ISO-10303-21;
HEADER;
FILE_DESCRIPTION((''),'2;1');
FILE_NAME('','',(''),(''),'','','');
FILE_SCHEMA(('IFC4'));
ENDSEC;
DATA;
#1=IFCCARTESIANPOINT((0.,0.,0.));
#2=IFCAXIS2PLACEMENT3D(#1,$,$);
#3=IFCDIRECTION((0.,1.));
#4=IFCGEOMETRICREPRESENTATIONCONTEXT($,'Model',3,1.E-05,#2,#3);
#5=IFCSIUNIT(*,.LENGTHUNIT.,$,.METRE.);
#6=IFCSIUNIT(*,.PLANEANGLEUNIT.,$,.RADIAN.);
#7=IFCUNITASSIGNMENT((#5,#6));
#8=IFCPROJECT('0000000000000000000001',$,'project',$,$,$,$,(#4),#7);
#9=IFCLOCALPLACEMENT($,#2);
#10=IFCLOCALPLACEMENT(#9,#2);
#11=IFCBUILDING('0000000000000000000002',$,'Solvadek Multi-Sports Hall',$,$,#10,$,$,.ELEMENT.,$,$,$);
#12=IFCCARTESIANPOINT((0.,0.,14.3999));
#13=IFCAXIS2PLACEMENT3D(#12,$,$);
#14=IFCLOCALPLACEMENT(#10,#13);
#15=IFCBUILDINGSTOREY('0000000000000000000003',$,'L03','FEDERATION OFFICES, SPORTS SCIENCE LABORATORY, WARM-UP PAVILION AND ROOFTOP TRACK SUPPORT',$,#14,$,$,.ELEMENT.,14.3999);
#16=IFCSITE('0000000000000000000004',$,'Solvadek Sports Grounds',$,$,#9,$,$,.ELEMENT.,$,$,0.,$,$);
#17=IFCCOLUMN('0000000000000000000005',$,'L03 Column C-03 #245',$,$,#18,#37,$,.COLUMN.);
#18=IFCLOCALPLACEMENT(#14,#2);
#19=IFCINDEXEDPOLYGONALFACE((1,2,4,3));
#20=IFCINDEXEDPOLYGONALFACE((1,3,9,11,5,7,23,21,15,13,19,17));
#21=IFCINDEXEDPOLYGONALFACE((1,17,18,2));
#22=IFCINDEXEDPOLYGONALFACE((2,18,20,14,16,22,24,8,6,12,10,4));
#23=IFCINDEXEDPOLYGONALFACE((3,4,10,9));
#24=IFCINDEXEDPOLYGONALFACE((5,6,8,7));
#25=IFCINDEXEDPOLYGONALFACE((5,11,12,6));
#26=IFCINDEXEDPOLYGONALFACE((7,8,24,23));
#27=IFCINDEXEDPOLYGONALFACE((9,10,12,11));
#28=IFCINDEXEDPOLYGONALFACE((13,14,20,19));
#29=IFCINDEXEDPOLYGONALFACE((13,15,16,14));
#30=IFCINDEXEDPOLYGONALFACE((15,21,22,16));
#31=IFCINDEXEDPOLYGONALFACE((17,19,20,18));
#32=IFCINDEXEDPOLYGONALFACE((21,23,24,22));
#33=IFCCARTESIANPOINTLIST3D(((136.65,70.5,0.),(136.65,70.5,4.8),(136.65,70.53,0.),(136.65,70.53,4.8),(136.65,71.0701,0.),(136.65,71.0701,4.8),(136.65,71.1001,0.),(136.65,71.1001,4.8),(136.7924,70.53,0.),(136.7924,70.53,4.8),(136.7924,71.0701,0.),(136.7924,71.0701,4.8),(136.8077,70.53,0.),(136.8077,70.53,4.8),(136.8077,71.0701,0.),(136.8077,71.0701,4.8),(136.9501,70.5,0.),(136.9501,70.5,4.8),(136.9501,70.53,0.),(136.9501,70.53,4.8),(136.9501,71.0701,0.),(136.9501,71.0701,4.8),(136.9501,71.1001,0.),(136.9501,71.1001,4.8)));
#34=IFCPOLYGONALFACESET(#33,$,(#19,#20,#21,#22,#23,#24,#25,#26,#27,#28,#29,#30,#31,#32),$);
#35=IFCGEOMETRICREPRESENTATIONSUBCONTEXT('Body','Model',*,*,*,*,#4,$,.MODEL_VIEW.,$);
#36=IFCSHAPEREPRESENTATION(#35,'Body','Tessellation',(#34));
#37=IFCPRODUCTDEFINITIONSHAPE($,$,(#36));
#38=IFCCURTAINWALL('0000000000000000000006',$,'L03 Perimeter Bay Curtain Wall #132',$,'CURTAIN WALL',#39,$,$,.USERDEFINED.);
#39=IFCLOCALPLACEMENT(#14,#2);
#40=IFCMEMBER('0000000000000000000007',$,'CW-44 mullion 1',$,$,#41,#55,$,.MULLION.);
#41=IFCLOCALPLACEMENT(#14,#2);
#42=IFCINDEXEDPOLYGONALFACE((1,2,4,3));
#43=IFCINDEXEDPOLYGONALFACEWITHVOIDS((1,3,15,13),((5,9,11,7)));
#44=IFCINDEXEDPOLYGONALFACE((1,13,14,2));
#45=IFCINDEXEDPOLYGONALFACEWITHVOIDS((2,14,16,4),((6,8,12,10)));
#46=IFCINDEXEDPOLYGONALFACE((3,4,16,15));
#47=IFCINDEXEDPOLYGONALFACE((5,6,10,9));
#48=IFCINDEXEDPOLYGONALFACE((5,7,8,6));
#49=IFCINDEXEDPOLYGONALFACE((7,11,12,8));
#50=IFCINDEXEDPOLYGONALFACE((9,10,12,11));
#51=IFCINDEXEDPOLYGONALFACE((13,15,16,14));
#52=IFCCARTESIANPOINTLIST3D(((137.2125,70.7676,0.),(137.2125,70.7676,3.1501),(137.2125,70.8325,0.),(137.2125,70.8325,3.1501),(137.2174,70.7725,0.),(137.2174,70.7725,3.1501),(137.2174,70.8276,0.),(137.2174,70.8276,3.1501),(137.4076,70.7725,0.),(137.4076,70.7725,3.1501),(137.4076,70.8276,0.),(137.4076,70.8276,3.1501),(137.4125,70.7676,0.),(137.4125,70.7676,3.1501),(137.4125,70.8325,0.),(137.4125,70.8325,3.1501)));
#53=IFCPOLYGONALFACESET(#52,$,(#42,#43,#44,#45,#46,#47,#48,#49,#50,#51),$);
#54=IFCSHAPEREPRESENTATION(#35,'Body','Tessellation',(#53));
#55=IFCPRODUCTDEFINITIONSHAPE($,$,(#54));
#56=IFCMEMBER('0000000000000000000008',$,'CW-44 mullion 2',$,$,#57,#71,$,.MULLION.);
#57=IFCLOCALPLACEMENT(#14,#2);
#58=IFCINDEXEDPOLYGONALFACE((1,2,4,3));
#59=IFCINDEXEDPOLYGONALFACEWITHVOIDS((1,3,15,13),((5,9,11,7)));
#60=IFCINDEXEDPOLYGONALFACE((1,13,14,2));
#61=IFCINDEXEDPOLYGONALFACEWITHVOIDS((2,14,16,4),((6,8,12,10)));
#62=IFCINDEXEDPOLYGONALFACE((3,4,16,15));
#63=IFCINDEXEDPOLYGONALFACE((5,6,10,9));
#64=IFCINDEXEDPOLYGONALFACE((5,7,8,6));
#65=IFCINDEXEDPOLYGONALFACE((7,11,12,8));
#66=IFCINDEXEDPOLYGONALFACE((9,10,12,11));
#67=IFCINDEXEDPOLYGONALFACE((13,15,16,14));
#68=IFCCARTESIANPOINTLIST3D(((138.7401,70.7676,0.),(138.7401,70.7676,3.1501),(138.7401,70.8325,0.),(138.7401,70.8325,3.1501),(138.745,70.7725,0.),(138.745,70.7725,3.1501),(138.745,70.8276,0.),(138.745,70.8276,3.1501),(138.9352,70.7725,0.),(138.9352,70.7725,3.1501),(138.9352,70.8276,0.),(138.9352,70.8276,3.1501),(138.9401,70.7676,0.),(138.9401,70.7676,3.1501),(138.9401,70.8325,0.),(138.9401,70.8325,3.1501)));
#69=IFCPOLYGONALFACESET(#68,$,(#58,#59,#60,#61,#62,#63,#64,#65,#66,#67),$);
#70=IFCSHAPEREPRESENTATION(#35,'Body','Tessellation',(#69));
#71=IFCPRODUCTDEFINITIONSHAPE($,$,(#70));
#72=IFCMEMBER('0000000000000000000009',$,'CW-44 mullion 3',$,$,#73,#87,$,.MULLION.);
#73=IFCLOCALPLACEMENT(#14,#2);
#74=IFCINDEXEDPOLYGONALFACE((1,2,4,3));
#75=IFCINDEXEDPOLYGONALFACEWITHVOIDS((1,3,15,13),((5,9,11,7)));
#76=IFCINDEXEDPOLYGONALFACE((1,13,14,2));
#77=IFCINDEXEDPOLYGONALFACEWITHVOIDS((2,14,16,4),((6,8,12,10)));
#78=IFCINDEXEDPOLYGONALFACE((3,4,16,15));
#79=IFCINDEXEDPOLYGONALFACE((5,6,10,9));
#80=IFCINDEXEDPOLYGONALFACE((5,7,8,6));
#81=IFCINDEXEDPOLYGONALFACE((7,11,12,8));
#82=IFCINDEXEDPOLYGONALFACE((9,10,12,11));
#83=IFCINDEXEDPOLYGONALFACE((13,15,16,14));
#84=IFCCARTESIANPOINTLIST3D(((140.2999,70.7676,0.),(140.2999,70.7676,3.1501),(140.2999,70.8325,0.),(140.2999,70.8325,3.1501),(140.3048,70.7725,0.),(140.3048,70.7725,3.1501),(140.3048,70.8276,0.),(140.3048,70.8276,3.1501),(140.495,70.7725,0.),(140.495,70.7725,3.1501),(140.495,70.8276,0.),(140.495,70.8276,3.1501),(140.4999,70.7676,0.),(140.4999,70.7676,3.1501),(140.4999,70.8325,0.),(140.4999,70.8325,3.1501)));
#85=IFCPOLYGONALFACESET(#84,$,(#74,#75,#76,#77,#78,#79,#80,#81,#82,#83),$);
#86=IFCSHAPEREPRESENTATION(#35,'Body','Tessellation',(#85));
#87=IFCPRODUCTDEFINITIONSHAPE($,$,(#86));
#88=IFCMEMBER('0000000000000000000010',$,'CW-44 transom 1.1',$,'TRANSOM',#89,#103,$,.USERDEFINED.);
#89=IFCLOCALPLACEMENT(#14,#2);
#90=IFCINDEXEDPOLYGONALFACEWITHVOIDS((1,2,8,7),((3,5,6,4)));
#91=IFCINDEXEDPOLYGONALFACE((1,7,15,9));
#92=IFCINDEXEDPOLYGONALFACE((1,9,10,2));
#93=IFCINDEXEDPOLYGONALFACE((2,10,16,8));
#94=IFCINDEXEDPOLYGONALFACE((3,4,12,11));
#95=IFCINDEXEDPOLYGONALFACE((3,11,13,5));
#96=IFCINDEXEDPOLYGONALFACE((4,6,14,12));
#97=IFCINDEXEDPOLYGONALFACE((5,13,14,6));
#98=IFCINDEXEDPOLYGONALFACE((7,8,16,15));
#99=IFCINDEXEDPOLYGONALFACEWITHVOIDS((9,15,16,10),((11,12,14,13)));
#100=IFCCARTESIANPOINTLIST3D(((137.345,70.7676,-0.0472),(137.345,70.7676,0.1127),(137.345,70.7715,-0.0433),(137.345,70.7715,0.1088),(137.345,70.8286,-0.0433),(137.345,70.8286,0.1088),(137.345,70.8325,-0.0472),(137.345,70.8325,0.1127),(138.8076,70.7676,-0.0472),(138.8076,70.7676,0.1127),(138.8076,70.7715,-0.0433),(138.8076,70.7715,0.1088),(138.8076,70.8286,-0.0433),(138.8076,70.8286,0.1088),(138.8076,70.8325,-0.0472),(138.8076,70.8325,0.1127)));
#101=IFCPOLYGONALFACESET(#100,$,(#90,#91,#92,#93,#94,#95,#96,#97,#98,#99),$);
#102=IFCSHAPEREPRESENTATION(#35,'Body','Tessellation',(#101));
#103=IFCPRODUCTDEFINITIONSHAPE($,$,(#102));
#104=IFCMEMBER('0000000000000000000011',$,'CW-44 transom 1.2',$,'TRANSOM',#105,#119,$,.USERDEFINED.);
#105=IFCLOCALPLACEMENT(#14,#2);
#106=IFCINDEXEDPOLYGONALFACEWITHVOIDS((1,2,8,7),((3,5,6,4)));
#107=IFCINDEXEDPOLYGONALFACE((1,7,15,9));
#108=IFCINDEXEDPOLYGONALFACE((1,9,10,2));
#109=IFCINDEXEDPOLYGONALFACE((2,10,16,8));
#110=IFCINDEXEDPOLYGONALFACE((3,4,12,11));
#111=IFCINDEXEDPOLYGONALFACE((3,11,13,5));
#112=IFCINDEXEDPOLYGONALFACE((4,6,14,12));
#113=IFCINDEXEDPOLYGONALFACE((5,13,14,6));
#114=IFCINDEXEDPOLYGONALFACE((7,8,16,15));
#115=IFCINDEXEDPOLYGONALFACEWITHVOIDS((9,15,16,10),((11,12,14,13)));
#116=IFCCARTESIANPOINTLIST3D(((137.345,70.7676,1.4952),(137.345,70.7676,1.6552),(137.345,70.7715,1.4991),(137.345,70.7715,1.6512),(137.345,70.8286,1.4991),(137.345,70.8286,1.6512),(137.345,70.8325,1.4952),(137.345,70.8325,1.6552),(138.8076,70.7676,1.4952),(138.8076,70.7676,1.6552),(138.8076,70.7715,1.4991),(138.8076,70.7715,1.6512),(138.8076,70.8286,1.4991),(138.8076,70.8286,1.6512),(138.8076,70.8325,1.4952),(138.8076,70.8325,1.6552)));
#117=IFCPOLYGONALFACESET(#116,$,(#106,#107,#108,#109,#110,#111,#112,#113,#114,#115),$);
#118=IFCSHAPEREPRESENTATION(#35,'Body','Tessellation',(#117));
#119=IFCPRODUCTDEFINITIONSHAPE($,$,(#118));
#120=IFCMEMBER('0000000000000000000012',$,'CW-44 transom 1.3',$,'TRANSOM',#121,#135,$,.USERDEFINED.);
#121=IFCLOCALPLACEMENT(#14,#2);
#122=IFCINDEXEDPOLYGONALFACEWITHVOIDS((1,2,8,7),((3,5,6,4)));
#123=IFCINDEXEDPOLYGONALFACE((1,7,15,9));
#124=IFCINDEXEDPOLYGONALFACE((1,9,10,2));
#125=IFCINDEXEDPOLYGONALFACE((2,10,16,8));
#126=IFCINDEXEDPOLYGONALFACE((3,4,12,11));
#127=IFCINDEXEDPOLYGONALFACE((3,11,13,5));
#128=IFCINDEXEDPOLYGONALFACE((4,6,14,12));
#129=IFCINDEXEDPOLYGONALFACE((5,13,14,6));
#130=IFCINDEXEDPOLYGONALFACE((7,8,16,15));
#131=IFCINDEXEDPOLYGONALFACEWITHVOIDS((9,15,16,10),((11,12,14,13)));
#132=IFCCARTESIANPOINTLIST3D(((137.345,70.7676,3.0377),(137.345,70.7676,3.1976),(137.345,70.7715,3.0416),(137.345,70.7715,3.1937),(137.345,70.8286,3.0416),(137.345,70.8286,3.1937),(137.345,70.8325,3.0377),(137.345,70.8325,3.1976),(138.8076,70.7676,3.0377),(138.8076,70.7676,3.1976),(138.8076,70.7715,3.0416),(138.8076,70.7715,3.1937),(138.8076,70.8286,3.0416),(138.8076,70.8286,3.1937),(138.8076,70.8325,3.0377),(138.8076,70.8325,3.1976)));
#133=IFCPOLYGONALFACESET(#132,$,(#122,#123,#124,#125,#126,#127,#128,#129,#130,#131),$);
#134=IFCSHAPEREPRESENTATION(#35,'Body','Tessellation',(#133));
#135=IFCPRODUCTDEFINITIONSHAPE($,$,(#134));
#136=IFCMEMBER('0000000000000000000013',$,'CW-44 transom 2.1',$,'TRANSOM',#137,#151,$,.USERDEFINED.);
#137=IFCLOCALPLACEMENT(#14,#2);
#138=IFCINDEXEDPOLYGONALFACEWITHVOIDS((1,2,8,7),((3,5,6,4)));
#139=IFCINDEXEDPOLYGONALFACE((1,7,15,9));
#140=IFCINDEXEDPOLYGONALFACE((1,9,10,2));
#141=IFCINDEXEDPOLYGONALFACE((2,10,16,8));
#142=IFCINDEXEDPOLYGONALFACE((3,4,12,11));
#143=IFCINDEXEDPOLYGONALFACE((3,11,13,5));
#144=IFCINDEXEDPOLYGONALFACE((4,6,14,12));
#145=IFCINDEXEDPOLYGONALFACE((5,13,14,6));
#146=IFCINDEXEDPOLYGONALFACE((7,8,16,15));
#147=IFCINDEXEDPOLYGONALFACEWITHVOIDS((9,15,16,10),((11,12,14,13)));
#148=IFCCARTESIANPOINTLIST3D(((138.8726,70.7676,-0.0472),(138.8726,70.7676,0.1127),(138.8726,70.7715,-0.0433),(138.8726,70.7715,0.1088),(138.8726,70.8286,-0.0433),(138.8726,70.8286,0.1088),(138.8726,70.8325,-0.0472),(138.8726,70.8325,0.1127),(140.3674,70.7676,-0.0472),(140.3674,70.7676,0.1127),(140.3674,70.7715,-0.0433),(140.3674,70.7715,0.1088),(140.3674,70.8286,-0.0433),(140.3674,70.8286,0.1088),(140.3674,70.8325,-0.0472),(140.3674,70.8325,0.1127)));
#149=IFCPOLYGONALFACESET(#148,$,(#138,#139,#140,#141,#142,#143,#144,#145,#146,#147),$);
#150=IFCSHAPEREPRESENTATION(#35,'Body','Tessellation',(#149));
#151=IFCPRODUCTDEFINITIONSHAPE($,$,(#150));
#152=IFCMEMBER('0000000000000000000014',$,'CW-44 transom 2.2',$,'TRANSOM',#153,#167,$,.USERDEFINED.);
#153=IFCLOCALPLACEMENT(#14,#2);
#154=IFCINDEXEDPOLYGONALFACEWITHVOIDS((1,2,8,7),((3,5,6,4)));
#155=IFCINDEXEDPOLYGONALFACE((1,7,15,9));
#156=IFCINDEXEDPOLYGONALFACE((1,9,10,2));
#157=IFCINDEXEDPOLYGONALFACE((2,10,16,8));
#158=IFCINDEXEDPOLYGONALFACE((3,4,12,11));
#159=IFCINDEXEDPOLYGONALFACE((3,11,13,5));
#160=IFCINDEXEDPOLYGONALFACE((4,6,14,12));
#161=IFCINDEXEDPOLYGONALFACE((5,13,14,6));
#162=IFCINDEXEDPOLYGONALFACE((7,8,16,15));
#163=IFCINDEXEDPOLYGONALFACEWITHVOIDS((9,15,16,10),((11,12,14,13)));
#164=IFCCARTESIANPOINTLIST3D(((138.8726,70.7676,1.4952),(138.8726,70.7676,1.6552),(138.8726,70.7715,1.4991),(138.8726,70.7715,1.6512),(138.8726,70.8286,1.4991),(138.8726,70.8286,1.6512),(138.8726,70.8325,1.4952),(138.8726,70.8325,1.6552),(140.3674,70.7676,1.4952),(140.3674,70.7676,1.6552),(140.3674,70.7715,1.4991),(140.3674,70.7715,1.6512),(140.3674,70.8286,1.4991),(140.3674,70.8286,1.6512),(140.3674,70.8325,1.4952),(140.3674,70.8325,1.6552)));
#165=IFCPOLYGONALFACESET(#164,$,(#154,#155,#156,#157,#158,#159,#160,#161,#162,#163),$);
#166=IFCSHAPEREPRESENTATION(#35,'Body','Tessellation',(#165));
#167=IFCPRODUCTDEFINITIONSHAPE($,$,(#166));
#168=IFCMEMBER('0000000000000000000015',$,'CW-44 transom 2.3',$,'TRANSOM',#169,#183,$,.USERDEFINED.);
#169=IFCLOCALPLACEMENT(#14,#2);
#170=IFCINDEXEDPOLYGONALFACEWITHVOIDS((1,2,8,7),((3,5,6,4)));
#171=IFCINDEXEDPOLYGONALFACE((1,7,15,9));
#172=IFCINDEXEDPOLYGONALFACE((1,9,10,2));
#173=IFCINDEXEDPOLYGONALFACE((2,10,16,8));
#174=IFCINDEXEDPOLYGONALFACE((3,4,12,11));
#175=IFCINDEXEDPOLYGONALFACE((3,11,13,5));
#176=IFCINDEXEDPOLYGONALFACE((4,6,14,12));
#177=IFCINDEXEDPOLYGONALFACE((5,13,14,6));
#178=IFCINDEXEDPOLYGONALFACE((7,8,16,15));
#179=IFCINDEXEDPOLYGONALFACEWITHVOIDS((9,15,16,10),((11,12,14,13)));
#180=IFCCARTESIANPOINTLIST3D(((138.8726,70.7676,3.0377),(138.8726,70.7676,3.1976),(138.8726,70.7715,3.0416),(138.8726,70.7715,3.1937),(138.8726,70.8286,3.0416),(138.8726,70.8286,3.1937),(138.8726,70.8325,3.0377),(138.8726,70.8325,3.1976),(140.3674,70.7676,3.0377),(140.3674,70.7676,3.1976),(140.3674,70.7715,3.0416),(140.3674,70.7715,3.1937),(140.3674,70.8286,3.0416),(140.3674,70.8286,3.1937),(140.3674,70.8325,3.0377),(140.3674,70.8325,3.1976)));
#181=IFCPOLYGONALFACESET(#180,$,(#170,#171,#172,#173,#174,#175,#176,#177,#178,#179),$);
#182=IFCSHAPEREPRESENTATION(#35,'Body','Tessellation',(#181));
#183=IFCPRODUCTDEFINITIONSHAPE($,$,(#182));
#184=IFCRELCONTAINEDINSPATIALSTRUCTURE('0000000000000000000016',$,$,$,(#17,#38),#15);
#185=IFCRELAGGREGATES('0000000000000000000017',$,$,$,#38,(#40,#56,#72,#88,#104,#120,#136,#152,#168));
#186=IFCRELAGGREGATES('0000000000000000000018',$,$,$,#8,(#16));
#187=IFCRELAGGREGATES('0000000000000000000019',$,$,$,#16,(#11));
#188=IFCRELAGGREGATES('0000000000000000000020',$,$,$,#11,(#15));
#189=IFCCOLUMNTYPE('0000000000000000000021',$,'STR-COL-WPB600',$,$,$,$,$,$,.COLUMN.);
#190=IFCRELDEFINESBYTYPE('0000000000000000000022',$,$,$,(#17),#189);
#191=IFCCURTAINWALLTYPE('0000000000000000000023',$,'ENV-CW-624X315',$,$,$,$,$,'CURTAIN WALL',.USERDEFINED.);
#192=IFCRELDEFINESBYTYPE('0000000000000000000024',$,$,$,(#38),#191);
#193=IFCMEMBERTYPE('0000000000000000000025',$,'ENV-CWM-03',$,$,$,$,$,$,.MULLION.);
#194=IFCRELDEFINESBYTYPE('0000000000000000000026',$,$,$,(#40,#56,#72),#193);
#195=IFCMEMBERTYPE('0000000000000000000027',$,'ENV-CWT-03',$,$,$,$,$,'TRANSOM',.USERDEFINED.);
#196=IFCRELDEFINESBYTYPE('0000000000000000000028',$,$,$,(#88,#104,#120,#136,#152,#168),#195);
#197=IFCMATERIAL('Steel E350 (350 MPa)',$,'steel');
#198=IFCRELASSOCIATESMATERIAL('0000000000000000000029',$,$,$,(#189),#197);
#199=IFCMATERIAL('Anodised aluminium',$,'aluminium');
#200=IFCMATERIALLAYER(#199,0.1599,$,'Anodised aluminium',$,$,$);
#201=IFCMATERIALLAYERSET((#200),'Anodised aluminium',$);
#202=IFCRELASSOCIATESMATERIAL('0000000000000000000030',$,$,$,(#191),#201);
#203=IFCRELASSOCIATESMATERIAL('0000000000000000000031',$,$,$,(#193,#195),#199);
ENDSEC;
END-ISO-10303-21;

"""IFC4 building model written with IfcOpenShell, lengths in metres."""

from ifc_helpers import new_model, si_unit, direction, frame, origin, origin_2d, place, context, subcontext, project, spatial, hollow_rectangle, i_section, extrude, material, layer, layer_set, material_profile, profile_set, type_object, element, aggregate, save


model = new_model("IFC4")

# Units and contexts
model_context = context("Model", 3, precision=1e-05, world=origin(), true_north=direction((0.0, 1.0)))
body_context = subcontext(model_context, "Body", "Model", "MODEL_VIEW")
ifc_project = project(units=[si_unit("LENGTHUNIT", "METRE"), si_unit("PLANEANGLEUNIT", "RADIAN")], contexts=[model_context])

# Site, building, storey
site_placement = place(None, origin())
site = spatial("IfcSite", under=ifc_project, at=site_placement, Name="Solvadek Sports Grounds", CompositionType="ELEMENT", RefElevation=0.0)
building_placement = place(site_placement, origin())
building = spatial("IfcBuilding", under=site, at=building_placement, Name="Solvadek Multi-Sports Hall", CompositionType="ELEMENT")
storey_placement = place(building_placement, frame((0.0, 0.0, 14.3999)))
storey = spatial("IfcBuildingStorey", under=building, at=storey_placement, Name="L03", Description="FEDERATION OFFICES, SPORTS SCIENCE LABORATORY, WARM-UP PAVILION AND ROOFTOP TRACK SUPPORT", CompositionType="ELEMENT", Elevation=14.3999)

# Column
ifc_material_1 = material(Name="Steel E350 (350 MPa)", Category="steel")
ifc_material_profile_1 = material_profile(ifc_material_1, i_section(OverallWidth=0.3, OverallDepth=0.6001, WebThickness=0.0154, FlangeThickness=0.03, at=origin_2d()), Name="WPB 600")
ifc_profile_set_1 = profile_set([ifc_material_profile_1], Name="Steel E350 (350 MPa)")
column_type_1 = type_object("IfcColumnType", Name="STR-COL-WPB600", PredefinedType="COLUMN", material=ifc_profile_set_1)
for number, where, z_axis, x_axis, name in (
    (1, (136.8, 70.8, 0.0), (0.0, 0.0, 1.0), (1.0, 0.0, 0.0), "L03 Column C-03 #245"),
):
    element("IfcColumn", number, at=place(storey_placement, frame(where, z_axis=z_axis, x_axis=x_axis)), inside=storey, type_object=column_type_1, Name=name, PredefinedType="COLUMN", context=body_context, shape_type="SweptSolid", body=[
        extrude(i_section(OverallWidth=0.3, OverallDepth=0.6001, WebThickness=0.0154, FlangeThickness=0.03, at=origin_2d()), origin(), (0.0, 0.0, 1.0), 4.8),
    ])

# Curtain wall, members
ifc_material_2 = material(Name="Anodised aluminium", Category="aluminium")
ifc_layer_1 = layer(ifc_material_2, 0.1599, Name="Anodised aluminium")
ifc_layer_set_1 = layer_set([ifc_layer_1], Name="Anodised aluminium")
curtain_wall_type = type_object("IfcCurtainWallType", Name="ENV-CW-624X315", ElementType="CURTAIN WALL", PredefinedType="USERDEFINED", material=ifc_layer_set_1)
curtain_wall_placement = place(storey_placement, origin())
curtain_wall = element("IfcCurtainWall", 2, at=curtain_wall_placement, inside=storey, type_object=curtain_wall_type, Name="L03 Perimeter Bay Curtain Wall #132", ObjectType="CURTAIN WALL", PredefinedType="USERDEFINED")
ifc_material_profile_2 = material_profile(ifc_material_2, hollow_rectangle(XDim=0.0649, YDim=0.2, WallThickness=0.0049, at=origin_2d()), Name="ALU-M 200x65x5")
ifc_profile_set_2 = profile_set([ifc_material_profile_2], Name="Anodised aluminium")
member_type_1 = type_object("IfcMemberType", Name="ENV-CWM-03", PredefinedType="MULLION", material=ifc_profile_set_2)
member_1_placement = place(storey_placement, frame((137.3125, 70.8, 0.0), z_axis=(0.0, 0.0, 1.0), x_axis=(0.0, 1.0, 0.0)))
member_1 = element("IfcMember", 3, at=member_1_placement, type_object=member_type_1, Name="CW-44 mullion 1", PredefinedType="MULLION", context=body_context, shape_type="SweptSolid", body=[
    extrude(hollow_rectangle(XDim=0.0649, YDim=0.2, WallThickness=0.0049, at=origin_2d()), origin(), (0.0, 0.0, 1.0), 3.1501),
])
member_2_placement = place(storey_placement, frame((138.8401, 70.8, 0.0), z_axis=(0.0, 0.0, 1.0), x_axis=(0.0, 1.0, 0.0)))
member_2 = element("IfcMember", 4, at=member_2_placement, type_object=member_type_1, Name="CW-44 mullion 2", PredefinedType="MULLION", context=body_context, shape_type="SweptSolid", body=[
    extrude(hollow_rectangle(XDim=0.0649, YDim=0.2, WallThickness=0.0049, at=origin_2d()), origin(), (0.0, 0.0, 1.0), 3.1501),
])
member_3_placement = place(storey_placement, frame((140.3999, 70.8, 0.0), z_axis=(0.0, 0.0, 1.0), x_axis=(0.0, 1.0, 0.0)))
member_3 = element("IfcMember", 5, at=member_3_placement, type_object=member_type_1, Name="CW-44 mullion 3", PredefinedType="MULLION", context=body_context, shape_type="SweptSolid", body=[
    extrude(hollow_rectangle(XDim=0.0649, YDim=0.2, WallThickness=0.0049, at=origin_2d()), origin(), (0.0, 0.0, 1.0), 3.1501),
])
ifc_material_profile_3 = material_profile(ifc_material_2, hollow_rectangle(XDim=0.0649, YDim=0.1599, WallThickness=0.0039, at=origin_2d()), Name="ALU-T 160x65x4")
ifc_profile_set_3 = profile_set([ifc_material_profile_3], Name="Anodised aluminium")
member_type_2 = type_object("IfcMemberType", Name="ENV-CWT-03", ElementType="TRANSOM", PredefinedType="USERDEFINED", material=ifc_profile_set_3)
member_4_placement = place(storey_placement, frame((137.345, 70.8, 0.0327), z_axis=(1.0, 0.0, 0.0), x_axis=(0.0, 1.0, 0.0)))
member_4 = element("IfcMember", 6, at=member_4_placement, type_object=member_type_2, Name="CW-44 transom 1.1", ObjectType="TRANSOM", PredefinedType="USERDEFINED", context=body_context, shape_type="SweptSolid", body=[
    extrude(hollow_rectangle(XDim=0.0649, YDim=0.1599, WallThickness=0.0039, at=origin_2d()), origin(), (0.0, 0.0, 1.0), 1.4626),
])
member_5_placement = place(storey_placement, frame((137.345, 70.8, 1.5752), z_axis=(1.0, 0.0, 0.0), x_axis=(0.0, 1.0, 0.0)))
member_5 = element("IfcMember", 7, at=member_5_placement, type_object=member_type_2, Name="CW-44 transom 1.2", ObjectType="TRANSOM", PredefinedType="USERDEFINED", context=body_context, shape_type="SweptSolid", body=[
    extrude(hollow_rectangle(XDim=0.0649, YDim=0.1599, WallThickness=0.0039, at=origin_2d()), origin(), (0.0, 0.0, 1.0), 1.4626),
])
member_6_placement = place(storey_placement, frame((137.345, 70.8, 3.1177), z_axis=(1.0, 0.0, 0.0), x_axis=(0.0, 1.0, 0.0)))
member_6 = element("IfcMember", 8, at=member_6_placement, type_object=member_type_2, Name="CW-44 transom 1.3", ObjectType="TRANSOM", PredefinedType="USERDEFINED", context=body_context, shape_type="SweptSolid", body=[
    extrude(hollow_rectangle(XDim=0.0649, YDim=0.1599, WallThickness=0.0039, at=origin_2d()), origin(), (0.0, 0.0, 1.0), 1.4626),
])
member_7_placement = place(storey_placement, frame((138.8726, 70.8, 0.0327), z_axis=(1.0, 0.0, 0.0), x_axis=(0.0, 1.0, 0.0)))
member_7 = element("IfcMember", 9, at=member_7_placement, type_object=member_type_2, Name="CW-44 transom 2.1", ObjectType="TRANSOM", PredefinedType="USERDEFINED", context=body_context, shape_type="SweptSolid", body=[
    extrude(hollow_rectangle(XDim=0.0649, YDim=0.1599, WallThickness=0.0039, at=origin_2d()), origin(), (0.0, 0.0, 1.0), 1.4949),
])
member_8_placement = place(storey_placement, frame((138.8726, 70.8, 1.5752), z_axis=(1.0, 0.0, 0.0), x_axis=(0.0, 1.0, 0.0)))
member_8 = element("IfcMember", 10, at=member_8_placement, type_object=member_type_2, Name="CW-44 transom 2.2", ObjectType="TRANSOM", PredefinedType="USERDEFINED", context=body_context, shape_type="SweptSolid", body=[
    extrude(hollow_rectangle(XDim=0.0649, YDim=0.1599, WallThickness=0.0039, at=origin_2d()), origin(), (0.0, 0.0, 1.0), 1.4949),
])
member_9_placement = place(storey_placement, frame((138.8726, 70.8, 3.1177), z_axis=(1.0, 0.0, 0.0), x_axis=(0.0, 1.0, 0.0)))
member_9 = element("IfcMember", 11, at=member_9_placement, type_object=member_type_2, Name="CW-44 transom 2.3", ObjectType="TRANSOM", PredefinedType="USERDEFINED", context=body_context, shape_type="SweptSolid", body=[
    extrude(hollow_rectangle(XDim=0.0649, YDim=0.1599, WallThickness=0.0039, at=origin_2d()), origin(), (0.0, 0.0, 1.0), 1.4949),
])
aggregate(curtain_wall, [member_1, member_2, member_3, member_4, member_5, member_6, member_7, member_8, member_9])

save(model, "model.ifc")
